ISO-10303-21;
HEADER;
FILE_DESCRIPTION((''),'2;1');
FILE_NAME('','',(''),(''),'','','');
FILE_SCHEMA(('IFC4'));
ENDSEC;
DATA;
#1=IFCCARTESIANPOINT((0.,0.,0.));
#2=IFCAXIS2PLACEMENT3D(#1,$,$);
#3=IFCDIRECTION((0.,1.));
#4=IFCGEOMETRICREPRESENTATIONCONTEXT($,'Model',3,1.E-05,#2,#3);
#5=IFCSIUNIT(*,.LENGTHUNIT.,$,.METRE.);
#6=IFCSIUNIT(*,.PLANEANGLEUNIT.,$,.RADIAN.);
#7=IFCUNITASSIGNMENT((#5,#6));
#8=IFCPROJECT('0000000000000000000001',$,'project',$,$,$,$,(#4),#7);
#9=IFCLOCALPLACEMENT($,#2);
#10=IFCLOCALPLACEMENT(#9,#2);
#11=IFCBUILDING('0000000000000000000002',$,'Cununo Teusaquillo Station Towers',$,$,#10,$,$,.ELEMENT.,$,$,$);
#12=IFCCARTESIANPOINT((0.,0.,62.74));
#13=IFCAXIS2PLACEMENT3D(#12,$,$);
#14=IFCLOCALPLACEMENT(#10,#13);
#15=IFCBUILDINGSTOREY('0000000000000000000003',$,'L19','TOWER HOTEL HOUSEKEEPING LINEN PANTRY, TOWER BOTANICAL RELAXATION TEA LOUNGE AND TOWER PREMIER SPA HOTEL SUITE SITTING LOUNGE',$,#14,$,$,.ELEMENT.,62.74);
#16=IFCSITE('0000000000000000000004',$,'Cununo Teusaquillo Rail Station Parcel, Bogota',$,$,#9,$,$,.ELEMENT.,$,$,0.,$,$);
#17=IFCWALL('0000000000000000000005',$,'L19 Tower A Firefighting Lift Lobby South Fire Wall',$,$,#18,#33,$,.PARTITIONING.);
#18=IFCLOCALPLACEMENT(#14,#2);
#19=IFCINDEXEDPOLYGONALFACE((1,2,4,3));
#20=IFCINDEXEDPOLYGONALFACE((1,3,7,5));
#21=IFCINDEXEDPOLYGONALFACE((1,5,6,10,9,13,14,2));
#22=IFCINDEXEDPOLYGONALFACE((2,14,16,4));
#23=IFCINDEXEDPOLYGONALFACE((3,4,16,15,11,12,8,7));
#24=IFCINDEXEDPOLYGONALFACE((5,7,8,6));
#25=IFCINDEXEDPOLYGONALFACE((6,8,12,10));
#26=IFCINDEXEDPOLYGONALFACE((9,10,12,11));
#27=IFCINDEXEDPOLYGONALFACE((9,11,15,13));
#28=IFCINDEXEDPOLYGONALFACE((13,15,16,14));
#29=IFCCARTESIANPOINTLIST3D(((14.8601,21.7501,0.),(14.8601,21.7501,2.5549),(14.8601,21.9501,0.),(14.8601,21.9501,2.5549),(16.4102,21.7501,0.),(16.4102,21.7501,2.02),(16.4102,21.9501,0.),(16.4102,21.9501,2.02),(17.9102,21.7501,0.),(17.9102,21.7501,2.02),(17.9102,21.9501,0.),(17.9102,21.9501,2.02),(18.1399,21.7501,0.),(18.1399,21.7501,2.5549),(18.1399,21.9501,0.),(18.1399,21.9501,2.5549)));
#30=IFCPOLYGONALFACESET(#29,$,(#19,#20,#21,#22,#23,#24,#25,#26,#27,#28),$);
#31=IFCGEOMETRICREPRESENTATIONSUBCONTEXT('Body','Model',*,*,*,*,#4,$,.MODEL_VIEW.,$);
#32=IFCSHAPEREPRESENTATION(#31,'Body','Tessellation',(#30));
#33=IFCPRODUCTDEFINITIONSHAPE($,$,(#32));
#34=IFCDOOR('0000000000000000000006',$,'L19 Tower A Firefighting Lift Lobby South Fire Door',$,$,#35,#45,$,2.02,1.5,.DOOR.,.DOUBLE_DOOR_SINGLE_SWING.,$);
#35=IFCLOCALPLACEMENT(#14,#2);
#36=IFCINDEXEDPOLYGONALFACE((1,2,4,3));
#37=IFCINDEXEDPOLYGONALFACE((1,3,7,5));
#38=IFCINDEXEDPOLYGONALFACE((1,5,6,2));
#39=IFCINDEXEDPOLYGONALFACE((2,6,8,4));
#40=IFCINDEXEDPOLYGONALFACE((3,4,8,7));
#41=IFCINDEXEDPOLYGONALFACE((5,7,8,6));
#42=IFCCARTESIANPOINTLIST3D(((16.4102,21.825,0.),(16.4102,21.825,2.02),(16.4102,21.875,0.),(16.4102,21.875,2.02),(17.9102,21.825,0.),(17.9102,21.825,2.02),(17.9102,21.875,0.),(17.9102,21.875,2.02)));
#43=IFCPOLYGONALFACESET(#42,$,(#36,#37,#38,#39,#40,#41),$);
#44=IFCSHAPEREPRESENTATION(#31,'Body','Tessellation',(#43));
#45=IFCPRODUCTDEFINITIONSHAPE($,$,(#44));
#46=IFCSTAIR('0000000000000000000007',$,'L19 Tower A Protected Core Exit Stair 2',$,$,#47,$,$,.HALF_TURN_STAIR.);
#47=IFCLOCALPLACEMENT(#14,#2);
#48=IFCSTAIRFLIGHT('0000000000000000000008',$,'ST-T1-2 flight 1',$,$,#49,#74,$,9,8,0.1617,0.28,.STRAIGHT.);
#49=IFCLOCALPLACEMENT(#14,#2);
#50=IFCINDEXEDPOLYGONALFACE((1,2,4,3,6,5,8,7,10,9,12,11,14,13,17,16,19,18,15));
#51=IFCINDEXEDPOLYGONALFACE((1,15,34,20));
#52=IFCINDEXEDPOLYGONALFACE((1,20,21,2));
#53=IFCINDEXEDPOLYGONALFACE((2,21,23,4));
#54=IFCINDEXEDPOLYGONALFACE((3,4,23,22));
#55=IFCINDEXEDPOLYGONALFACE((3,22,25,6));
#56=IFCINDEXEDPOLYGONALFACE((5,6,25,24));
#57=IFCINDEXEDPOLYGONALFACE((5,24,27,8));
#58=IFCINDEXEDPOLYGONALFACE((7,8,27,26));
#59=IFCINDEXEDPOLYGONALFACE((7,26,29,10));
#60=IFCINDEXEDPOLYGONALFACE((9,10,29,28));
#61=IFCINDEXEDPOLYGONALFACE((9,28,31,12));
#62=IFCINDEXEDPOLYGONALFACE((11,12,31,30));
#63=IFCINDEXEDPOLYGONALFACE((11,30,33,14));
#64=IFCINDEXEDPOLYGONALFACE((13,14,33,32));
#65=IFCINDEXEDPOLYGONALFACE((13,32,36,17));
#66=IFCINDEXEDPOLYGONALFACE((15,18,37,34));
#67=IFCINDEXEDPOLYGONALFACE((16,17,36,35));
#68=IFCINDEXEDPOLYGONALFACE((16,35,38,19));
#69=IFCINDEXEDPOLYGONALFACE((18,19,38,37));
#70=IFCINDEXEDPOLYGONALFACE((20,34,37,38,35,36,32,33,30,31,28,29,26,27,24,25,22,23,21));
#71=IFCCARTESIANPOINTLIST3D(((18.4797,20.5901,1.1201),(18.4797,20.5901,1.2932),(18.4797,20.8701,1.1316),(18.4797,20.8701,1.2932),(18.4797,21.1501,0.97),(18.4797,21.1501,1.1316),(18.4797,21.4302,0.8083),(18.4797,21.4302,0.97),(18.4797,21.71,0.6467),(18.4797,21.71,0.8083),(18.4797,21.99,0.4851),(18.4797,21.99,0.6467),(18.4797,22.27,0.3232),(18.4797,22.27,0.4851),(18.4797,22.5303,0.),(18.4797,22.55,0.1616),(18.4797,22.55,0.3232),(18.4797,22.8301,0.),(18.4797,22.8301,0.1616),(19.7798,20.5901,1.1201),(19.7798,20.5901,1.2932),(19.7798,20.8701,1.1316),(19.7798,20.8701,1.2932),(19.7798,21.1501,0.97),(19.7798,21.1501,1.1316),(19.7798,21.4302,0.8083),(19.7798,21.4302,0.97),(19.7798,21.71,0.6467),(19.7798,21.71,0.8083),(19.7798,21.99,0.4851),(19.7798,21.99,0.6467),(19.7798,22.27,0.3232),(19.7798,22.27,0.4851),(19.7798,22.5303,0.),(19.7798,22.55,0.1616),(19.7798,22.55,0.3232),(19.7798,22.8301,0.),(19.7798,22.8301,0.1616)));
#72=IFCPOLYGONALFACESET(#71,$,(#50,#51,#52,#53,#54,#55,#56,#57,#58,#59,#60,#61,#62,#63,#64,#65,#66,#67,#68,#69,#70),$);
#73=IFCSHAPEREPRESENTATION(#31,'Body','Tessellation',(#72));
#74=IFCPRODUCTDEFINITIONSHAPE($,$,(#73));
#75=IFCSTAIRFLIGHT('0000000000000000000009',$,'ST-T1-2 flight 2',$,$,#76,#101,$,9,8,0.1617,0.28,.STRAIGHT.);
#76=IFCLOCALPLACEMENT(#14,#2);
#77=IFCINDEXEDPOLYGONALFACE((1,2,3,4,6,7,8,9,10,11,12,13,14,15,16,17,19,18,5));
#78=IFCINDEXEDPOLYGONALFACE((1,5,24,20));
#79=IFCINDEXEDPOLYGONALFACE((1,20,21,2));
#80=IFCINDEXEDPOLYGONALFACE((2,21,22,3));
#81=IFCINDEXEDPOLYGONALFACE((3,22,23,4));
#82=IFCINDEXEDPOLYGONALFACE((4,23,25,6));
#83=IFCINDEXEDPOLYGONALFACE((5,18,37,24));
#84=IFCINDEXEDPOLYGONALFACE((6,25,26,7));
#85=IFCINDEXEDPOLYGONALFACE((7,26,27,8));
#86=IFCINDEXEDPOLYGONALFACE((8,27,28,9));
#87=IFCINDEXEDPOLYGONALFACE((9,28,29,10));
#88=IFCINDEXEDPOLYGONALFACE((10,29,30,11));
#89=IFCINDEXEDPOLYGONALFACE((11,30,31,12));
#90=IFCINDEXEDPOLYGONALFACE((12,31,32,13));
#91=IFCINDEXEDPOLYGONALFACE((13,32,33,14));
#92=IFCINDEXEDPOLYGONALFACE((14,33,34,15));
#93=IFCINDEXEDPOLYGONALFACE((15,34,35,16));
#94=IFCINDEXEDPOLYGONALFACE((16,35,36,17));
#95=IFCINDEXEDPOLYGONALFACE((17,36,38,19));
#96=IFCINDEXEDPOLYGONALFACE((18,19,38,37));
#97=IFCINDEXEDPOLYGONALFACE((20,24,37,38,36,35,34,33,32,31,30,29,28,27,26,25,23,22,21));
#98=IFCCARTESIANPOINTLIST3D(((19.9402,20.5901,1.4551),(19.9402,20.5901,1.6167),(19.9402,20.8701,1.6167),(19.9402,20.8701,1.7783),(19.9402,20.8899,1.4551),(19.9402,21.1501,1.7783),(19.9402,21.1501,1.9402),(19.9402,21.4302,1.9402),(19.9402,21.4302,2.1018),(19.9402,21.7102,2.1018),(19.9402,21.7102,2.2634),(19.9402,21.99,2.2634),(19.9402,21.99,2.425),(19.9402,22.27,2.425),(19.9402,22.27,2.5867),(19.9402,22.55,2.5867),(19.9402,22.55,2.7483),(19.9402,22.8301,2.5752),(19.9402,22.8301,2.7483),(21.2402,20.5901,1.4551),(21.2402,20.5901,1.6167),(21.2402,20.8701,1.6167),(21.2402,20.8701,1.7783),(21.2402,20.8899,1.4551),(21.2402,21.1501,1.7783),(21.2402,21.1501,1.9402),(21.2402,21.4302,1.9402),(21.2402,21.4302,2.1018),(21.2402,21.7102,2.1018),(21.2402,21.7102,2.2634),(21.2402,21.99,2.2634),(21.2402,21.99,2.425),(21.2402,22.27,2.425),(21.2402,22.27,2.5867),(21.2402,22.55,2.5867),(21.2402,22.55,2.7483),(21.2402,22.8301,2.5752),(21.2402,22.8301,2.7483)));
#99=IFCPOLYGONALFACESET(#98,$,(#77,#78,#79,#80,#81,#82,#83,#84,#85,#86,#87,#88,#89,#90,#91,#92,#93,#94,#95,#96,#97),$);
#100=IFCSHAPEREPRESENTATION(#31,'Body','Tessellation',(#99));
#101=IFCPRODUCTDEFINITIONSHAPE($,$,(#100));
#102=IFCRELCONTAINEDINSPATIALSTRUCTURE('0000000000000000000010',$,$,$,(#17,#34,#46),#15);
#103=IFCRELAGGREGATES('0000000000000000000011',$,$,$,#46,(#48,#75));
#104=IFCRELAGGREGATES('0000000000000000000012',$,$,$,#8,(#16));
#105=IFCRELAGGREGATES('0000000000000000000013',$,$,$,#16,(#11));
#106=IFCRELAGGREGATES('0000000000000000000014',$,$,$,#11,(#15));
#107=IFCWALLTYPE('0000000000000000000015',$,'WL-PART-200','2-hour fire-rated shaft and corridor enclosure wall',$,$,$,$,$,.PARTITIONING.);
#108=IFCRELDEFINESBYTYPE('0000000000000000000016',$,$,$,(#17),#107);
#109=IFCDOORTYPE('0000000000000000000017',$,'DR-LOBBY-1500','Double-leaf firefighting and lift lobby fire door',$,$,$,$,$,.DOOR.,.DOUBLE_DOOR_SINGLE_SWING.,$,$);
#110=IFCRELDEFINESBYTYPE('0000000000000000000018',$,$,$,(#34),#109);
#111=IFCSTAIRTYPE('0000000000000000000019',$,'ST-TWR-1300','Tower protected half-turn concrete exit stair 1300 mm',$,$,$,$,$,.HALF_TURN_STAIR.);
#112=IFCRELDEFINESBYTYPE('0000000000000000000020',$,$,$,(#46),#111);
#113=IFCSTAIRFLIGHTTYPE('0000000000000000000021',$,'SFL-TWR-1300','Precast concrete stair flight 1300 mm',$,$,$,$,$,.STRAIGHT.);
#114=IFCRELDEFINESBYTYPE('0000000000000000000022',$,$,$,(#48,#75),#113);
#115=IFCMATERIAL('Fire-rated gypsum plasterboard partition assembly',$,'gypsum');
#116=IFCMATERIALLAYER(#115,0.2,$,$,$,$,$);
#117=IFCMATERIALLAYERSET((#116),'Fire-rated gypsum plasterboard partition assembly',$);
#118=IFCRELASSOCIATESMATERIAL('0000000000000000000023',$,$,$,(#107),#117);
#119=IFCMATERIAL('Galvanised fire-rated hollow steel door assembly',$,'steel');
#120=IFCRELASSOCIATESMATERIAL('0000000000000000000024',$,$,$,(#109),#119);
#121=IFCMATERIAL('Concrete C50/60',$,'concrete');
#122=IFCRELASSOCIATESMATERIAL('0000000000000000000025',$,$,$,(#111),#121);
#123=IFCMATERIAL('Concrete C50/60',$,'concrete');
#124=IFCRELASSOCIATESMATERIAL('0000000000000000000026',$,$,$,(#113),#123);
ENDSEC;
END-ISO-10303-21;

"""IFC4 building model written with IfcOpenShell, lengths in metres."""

from ifc_helpers import new_model, si_unit, direction, frame, frame_2d, origin, place, context, subcontext, project, spatial, polyline, rectangle, outline, extrude, source, transform, mapped, material, layer, layer_set, type_object, element, fill, aggregate, save


model = new_model("IFC4")

# Units and contexts
model_context = context("Model", 3, precision=1e-05, world=origin(), true_north=direction((0.0, 1.0)))
body_context = subcontext(model_context, "Body", "Model", "MODEL_VIEW")
ifc_project = project(units=[si_unit("LENGTHUNIT", "METRE"), si_unit("PLANEANGLEUNIT", "RADIAN")], contexts=[model_context])

# Site, building, storey
site_placement = place(None, origin())
site = spatial("IfcSite", under=ifc_project, at=site_placement, Name="Cununo Teusaquillo Rail Station Parcel, Bogota", CompositionType="ELEMENT", RefElevation=0.0)
building_placement = place(site_placement, origin())
building = spatial("IfcBuilding", under=site, at=building_placement, Name="Cununo Teusaquillo Station Towers", CompositionType="ELEMENT")
storey_placement = place(building_placement, frame((0.0, 0.0, 62.74)))
storey = spatial("IfcBuildingStorey", under=building, at=storey_placement, Name="L19", Description="TOWER HOTEL HOUSEKEEPING LINEN PANTRY, TOWER BOTANICAL RELAXATION TEA LOUNGE AND TOWER PREMIER SPA HOTEL SUITE SITTING LOUNGE", CompositionType="ELEMENT", Elevation=62.74)

# Wall, opening, door
ifc_material_1 = material(Name="Fire-rated gypsum plasterboard partition assembly", Category="gypsum")
ifc_layer_1 = layer(ifc_material_1, 0.2)
ifc_layer_set_1 = layer_set([ifc_layer_1], Name="Fire-rated gypsum plasterboard partition assembly")
wall_type_1 = type_object("IfcWallType", Name="WL-PART-200", Description="2-hour fire-rated shaft and corridor enclosure wall", PredefinedType="PARTITIONING", material=ifc_layer_set_1)
wall_1_placement = place(storey_placement, frame((14.8601, 21.8501, 0.0), z_axis=(0.0, 0.0, 1.0), x_axis=(1.0, 0.0, 0.0)))
wall_1 = element("IfcWall", 1, at=wall_1_placement, inside=storey, type_object=wall_type_1, Name="L19 Tower A Firefighting Lift Lobby South Fire Wall", PredefinedType="PARTITIONING", context=body_context, shape_type="SweptSolid", body=[
    extrude(rectangle(XDim=3.2798, YDim=0.2, at=frame_2d((1.6399, 0.0))), origin(), (0.0, 0.0, 1.0), 2.5549),
])
shared_shape_1 = source(origin(), body_context, "Body", "SweptSolid", [
    extrude(rectangle(XDim=1.5, YDim=2.02, at=frame_2d((0.75, 1.01))), frame((0.0, 0.1099, 0.0), z_axis=(0.0, -1.0, 0.0), x_axis=(1.0, 0.0, 0.0)), (0.0, 0.0, 1.0), 0.22),
])
opening_1_placement = place(wall_1_placement, frame((1.55, 0.0, 0.0)))
opening_1 = element("IfcOpeningElement", 2, at=opening_1_placement, cuts=wall_1, PredefinedType="OPENING", context=body_context, shape_type="MappedRepresentation", body=[
    mapped(shared_shape_1, transform((0.0, 0.0, 0.0), x_axis=(1.0, 0.0, 0.0), y_axis=(0.0, 1.0, 0.0), z_axis=(0.0, 0.0, 1.0), scale=1.0)),
])
ifc_material_2 = material(Name="Galvanised fire-rated hollow steel door assembly", Category="steel")
door_type_1 = type_object("IfcDoorType", Name="DR-LOBBY-1500", Description="Double-leaf firefighting and lift lobby fire door", OperationType="DOUBLE_DOOR_SINGLE_SWING", PredefinedType="DOOR", material=ifc_material_2)
shared_shape_2 = source(origin(), body_context, "Body", "SweptSolid", [
    extrude(rectangle(XDim=1.5, YDim=2.02, at=frame_2d((0.75, 1.01))), frame((0.0, 0.0249, 0.0), z_axis=(0.0, -1.0, 0.0), x_axis=(1.0, 0.0, 0.0)), (0.0, 0.0, 1.0), 0.05),
])
door_1_placement = place(opening_1_placement, origin())
door_1 = element("IfcDoor", 3, at=door_1_placement, inside=storey, type_object=door_type_1, Name="L19 Tower A Firefighting Lift Lobby South Fire Door", OperationType="DOUBLE_DOOR_SINGLE_SWING", OverallHeight=2.02, OverallWidth=1.5, PredefinedType="DOOR", context=body_context, shape_type="MappedRepresentation", body=[
    mapped(shared_shape_2, transform((0.0, 0.0, 0.0), x_axis=(1.0, 0.0, 0.0), y_axis=(0.0, 1.0, 0.0), z_axis=(0.0, 0.0, 1.0), scale=1.0)),
])
fill(opening_1, door_1)

# Stair, stair flights
ifc_material_3 = material(Name="Concrete C50/60", Category="concrete")
stair_type = type_object("IfcStairType", Name="ST-TWR-1300", Description="Tower protected half-turn concrete exit stair 1300 mm", PredefinedType="HALF_TURN_STAIR", material=ifc_material_3)
stair_placement = place(storey_placement, origin())
stair = element("IfcStair", 4, at=stair_placement, inside=storey, type_object=stair_type, Name="L19 Tower A Protected Core Exit Stair 2", PredefinedType="HALF_TURN_STAIR")
ifc_material_4 = material(Name="Concrete C50/60", Category="concrete")
stair_flight_type = type_object("IfcStairFlightType", Name="SFL-TWR-1300", Description="Precast concrete stair flight 1300 mm", PredefinedType="STRAIGHT", material=ifc_material_4)
stair_flight_1_placement = place(storey_placement, frame((19.1299, 22.8301, 0.0), z_axis=(0.0, 0.0, 1.0), x_axis=(0.0, -1.0, 0.0)))
stair_flight_1 = element("IfcStairFlight", 5, at=stair_flight_1_placement, type_object=stair_flight_type, Name="ST-T1-2 flight 1", NumberOfRisers=9, NumberOfTreads=8, PredefinedType="STRAIGHT", RiserHeight=0.1617, TreadLength=0.28, context=body_context, shape_type="SweptSolid", body=[
    extrude(outline(polyline([(0.0, 0.0), (0.0, 0.1616), (0.28, 0.1616), (0.28, 0.3232), (0.5601, 0.3232), (0.5601, 0.4851), (0.8401, 0.4851), (0.8401, 0.6467), (1.1201, 0.6467), (1.1201, 0.8083), (1.3999, 0.8083), (1.3999, 0.97), (1.6799, 0.97), (1.6799, 1.1316), (1.96, 1.1316), (1.96, 1.2932), (2.24, 1.2932), (2.24, 1.4551), (2.24, 1.1201), (0.2998, 0.0), (0.0, 0.0)])), frame((0.0, 0.6499, 0.0), z_axis=(0.0, -1.0, 0.0), x_axis=(1.0, 0.0, 0.0)), (0.0, 0.0, 1.0), 1.3),
])
stair_flight_2_placement = place(storey_placement, frame((20.5901, 20.5901, 1.4551), z_axis=(0.0, 0.0, 1.0), x_axis=(0.0, 1.0, 0.0)))
stair_flight_2 = element("IfcStairFlight", 6, at=stair_flight_2_placement, type_object=stair_flight_type, Name="ST-T1-2 flight 2", NumberOfRisers=9, NumberOfTreads=8, PredefinedType="STRAIGHT", RiserHeight=0.1617, TreadLength=0.28, context=body_context, shape_type="SweptSolid", body=[
    extrude(outline(polyline([(0.0, 0.0), (0.0, 0.1616), (0.28, 0.1616), (0.28, 0.3232), (0.5601, 0.3232), (0.5601, 0.4851), (0.8401, 0.4851), (0.8401, 0.6467), (1.1201, 0.6467), (1.1201, 0.8083), (1.3999, 0.8083), (1.3999, 0.97), (1.6799, 0.97), (1.6799, 1.1316), (1.96, 1.1316), (1.96, 1.2932), (2.24, 1.2932), (2.24, 1.4551), (2.24, 1.1201), (0.2998, 0.0), (0.0, 0.0)])), frame((0.0, 0.6499, 0.0), z_axis=(0.0, -1.0, 0.0), x_axis=(1.0, 0.0, 0.0)), (0.0, 0.0, 1.0), 1.3),
])
aggregate(stair, [stair_flight_1, stair_flight_2])

save(model, "model.ifc")
